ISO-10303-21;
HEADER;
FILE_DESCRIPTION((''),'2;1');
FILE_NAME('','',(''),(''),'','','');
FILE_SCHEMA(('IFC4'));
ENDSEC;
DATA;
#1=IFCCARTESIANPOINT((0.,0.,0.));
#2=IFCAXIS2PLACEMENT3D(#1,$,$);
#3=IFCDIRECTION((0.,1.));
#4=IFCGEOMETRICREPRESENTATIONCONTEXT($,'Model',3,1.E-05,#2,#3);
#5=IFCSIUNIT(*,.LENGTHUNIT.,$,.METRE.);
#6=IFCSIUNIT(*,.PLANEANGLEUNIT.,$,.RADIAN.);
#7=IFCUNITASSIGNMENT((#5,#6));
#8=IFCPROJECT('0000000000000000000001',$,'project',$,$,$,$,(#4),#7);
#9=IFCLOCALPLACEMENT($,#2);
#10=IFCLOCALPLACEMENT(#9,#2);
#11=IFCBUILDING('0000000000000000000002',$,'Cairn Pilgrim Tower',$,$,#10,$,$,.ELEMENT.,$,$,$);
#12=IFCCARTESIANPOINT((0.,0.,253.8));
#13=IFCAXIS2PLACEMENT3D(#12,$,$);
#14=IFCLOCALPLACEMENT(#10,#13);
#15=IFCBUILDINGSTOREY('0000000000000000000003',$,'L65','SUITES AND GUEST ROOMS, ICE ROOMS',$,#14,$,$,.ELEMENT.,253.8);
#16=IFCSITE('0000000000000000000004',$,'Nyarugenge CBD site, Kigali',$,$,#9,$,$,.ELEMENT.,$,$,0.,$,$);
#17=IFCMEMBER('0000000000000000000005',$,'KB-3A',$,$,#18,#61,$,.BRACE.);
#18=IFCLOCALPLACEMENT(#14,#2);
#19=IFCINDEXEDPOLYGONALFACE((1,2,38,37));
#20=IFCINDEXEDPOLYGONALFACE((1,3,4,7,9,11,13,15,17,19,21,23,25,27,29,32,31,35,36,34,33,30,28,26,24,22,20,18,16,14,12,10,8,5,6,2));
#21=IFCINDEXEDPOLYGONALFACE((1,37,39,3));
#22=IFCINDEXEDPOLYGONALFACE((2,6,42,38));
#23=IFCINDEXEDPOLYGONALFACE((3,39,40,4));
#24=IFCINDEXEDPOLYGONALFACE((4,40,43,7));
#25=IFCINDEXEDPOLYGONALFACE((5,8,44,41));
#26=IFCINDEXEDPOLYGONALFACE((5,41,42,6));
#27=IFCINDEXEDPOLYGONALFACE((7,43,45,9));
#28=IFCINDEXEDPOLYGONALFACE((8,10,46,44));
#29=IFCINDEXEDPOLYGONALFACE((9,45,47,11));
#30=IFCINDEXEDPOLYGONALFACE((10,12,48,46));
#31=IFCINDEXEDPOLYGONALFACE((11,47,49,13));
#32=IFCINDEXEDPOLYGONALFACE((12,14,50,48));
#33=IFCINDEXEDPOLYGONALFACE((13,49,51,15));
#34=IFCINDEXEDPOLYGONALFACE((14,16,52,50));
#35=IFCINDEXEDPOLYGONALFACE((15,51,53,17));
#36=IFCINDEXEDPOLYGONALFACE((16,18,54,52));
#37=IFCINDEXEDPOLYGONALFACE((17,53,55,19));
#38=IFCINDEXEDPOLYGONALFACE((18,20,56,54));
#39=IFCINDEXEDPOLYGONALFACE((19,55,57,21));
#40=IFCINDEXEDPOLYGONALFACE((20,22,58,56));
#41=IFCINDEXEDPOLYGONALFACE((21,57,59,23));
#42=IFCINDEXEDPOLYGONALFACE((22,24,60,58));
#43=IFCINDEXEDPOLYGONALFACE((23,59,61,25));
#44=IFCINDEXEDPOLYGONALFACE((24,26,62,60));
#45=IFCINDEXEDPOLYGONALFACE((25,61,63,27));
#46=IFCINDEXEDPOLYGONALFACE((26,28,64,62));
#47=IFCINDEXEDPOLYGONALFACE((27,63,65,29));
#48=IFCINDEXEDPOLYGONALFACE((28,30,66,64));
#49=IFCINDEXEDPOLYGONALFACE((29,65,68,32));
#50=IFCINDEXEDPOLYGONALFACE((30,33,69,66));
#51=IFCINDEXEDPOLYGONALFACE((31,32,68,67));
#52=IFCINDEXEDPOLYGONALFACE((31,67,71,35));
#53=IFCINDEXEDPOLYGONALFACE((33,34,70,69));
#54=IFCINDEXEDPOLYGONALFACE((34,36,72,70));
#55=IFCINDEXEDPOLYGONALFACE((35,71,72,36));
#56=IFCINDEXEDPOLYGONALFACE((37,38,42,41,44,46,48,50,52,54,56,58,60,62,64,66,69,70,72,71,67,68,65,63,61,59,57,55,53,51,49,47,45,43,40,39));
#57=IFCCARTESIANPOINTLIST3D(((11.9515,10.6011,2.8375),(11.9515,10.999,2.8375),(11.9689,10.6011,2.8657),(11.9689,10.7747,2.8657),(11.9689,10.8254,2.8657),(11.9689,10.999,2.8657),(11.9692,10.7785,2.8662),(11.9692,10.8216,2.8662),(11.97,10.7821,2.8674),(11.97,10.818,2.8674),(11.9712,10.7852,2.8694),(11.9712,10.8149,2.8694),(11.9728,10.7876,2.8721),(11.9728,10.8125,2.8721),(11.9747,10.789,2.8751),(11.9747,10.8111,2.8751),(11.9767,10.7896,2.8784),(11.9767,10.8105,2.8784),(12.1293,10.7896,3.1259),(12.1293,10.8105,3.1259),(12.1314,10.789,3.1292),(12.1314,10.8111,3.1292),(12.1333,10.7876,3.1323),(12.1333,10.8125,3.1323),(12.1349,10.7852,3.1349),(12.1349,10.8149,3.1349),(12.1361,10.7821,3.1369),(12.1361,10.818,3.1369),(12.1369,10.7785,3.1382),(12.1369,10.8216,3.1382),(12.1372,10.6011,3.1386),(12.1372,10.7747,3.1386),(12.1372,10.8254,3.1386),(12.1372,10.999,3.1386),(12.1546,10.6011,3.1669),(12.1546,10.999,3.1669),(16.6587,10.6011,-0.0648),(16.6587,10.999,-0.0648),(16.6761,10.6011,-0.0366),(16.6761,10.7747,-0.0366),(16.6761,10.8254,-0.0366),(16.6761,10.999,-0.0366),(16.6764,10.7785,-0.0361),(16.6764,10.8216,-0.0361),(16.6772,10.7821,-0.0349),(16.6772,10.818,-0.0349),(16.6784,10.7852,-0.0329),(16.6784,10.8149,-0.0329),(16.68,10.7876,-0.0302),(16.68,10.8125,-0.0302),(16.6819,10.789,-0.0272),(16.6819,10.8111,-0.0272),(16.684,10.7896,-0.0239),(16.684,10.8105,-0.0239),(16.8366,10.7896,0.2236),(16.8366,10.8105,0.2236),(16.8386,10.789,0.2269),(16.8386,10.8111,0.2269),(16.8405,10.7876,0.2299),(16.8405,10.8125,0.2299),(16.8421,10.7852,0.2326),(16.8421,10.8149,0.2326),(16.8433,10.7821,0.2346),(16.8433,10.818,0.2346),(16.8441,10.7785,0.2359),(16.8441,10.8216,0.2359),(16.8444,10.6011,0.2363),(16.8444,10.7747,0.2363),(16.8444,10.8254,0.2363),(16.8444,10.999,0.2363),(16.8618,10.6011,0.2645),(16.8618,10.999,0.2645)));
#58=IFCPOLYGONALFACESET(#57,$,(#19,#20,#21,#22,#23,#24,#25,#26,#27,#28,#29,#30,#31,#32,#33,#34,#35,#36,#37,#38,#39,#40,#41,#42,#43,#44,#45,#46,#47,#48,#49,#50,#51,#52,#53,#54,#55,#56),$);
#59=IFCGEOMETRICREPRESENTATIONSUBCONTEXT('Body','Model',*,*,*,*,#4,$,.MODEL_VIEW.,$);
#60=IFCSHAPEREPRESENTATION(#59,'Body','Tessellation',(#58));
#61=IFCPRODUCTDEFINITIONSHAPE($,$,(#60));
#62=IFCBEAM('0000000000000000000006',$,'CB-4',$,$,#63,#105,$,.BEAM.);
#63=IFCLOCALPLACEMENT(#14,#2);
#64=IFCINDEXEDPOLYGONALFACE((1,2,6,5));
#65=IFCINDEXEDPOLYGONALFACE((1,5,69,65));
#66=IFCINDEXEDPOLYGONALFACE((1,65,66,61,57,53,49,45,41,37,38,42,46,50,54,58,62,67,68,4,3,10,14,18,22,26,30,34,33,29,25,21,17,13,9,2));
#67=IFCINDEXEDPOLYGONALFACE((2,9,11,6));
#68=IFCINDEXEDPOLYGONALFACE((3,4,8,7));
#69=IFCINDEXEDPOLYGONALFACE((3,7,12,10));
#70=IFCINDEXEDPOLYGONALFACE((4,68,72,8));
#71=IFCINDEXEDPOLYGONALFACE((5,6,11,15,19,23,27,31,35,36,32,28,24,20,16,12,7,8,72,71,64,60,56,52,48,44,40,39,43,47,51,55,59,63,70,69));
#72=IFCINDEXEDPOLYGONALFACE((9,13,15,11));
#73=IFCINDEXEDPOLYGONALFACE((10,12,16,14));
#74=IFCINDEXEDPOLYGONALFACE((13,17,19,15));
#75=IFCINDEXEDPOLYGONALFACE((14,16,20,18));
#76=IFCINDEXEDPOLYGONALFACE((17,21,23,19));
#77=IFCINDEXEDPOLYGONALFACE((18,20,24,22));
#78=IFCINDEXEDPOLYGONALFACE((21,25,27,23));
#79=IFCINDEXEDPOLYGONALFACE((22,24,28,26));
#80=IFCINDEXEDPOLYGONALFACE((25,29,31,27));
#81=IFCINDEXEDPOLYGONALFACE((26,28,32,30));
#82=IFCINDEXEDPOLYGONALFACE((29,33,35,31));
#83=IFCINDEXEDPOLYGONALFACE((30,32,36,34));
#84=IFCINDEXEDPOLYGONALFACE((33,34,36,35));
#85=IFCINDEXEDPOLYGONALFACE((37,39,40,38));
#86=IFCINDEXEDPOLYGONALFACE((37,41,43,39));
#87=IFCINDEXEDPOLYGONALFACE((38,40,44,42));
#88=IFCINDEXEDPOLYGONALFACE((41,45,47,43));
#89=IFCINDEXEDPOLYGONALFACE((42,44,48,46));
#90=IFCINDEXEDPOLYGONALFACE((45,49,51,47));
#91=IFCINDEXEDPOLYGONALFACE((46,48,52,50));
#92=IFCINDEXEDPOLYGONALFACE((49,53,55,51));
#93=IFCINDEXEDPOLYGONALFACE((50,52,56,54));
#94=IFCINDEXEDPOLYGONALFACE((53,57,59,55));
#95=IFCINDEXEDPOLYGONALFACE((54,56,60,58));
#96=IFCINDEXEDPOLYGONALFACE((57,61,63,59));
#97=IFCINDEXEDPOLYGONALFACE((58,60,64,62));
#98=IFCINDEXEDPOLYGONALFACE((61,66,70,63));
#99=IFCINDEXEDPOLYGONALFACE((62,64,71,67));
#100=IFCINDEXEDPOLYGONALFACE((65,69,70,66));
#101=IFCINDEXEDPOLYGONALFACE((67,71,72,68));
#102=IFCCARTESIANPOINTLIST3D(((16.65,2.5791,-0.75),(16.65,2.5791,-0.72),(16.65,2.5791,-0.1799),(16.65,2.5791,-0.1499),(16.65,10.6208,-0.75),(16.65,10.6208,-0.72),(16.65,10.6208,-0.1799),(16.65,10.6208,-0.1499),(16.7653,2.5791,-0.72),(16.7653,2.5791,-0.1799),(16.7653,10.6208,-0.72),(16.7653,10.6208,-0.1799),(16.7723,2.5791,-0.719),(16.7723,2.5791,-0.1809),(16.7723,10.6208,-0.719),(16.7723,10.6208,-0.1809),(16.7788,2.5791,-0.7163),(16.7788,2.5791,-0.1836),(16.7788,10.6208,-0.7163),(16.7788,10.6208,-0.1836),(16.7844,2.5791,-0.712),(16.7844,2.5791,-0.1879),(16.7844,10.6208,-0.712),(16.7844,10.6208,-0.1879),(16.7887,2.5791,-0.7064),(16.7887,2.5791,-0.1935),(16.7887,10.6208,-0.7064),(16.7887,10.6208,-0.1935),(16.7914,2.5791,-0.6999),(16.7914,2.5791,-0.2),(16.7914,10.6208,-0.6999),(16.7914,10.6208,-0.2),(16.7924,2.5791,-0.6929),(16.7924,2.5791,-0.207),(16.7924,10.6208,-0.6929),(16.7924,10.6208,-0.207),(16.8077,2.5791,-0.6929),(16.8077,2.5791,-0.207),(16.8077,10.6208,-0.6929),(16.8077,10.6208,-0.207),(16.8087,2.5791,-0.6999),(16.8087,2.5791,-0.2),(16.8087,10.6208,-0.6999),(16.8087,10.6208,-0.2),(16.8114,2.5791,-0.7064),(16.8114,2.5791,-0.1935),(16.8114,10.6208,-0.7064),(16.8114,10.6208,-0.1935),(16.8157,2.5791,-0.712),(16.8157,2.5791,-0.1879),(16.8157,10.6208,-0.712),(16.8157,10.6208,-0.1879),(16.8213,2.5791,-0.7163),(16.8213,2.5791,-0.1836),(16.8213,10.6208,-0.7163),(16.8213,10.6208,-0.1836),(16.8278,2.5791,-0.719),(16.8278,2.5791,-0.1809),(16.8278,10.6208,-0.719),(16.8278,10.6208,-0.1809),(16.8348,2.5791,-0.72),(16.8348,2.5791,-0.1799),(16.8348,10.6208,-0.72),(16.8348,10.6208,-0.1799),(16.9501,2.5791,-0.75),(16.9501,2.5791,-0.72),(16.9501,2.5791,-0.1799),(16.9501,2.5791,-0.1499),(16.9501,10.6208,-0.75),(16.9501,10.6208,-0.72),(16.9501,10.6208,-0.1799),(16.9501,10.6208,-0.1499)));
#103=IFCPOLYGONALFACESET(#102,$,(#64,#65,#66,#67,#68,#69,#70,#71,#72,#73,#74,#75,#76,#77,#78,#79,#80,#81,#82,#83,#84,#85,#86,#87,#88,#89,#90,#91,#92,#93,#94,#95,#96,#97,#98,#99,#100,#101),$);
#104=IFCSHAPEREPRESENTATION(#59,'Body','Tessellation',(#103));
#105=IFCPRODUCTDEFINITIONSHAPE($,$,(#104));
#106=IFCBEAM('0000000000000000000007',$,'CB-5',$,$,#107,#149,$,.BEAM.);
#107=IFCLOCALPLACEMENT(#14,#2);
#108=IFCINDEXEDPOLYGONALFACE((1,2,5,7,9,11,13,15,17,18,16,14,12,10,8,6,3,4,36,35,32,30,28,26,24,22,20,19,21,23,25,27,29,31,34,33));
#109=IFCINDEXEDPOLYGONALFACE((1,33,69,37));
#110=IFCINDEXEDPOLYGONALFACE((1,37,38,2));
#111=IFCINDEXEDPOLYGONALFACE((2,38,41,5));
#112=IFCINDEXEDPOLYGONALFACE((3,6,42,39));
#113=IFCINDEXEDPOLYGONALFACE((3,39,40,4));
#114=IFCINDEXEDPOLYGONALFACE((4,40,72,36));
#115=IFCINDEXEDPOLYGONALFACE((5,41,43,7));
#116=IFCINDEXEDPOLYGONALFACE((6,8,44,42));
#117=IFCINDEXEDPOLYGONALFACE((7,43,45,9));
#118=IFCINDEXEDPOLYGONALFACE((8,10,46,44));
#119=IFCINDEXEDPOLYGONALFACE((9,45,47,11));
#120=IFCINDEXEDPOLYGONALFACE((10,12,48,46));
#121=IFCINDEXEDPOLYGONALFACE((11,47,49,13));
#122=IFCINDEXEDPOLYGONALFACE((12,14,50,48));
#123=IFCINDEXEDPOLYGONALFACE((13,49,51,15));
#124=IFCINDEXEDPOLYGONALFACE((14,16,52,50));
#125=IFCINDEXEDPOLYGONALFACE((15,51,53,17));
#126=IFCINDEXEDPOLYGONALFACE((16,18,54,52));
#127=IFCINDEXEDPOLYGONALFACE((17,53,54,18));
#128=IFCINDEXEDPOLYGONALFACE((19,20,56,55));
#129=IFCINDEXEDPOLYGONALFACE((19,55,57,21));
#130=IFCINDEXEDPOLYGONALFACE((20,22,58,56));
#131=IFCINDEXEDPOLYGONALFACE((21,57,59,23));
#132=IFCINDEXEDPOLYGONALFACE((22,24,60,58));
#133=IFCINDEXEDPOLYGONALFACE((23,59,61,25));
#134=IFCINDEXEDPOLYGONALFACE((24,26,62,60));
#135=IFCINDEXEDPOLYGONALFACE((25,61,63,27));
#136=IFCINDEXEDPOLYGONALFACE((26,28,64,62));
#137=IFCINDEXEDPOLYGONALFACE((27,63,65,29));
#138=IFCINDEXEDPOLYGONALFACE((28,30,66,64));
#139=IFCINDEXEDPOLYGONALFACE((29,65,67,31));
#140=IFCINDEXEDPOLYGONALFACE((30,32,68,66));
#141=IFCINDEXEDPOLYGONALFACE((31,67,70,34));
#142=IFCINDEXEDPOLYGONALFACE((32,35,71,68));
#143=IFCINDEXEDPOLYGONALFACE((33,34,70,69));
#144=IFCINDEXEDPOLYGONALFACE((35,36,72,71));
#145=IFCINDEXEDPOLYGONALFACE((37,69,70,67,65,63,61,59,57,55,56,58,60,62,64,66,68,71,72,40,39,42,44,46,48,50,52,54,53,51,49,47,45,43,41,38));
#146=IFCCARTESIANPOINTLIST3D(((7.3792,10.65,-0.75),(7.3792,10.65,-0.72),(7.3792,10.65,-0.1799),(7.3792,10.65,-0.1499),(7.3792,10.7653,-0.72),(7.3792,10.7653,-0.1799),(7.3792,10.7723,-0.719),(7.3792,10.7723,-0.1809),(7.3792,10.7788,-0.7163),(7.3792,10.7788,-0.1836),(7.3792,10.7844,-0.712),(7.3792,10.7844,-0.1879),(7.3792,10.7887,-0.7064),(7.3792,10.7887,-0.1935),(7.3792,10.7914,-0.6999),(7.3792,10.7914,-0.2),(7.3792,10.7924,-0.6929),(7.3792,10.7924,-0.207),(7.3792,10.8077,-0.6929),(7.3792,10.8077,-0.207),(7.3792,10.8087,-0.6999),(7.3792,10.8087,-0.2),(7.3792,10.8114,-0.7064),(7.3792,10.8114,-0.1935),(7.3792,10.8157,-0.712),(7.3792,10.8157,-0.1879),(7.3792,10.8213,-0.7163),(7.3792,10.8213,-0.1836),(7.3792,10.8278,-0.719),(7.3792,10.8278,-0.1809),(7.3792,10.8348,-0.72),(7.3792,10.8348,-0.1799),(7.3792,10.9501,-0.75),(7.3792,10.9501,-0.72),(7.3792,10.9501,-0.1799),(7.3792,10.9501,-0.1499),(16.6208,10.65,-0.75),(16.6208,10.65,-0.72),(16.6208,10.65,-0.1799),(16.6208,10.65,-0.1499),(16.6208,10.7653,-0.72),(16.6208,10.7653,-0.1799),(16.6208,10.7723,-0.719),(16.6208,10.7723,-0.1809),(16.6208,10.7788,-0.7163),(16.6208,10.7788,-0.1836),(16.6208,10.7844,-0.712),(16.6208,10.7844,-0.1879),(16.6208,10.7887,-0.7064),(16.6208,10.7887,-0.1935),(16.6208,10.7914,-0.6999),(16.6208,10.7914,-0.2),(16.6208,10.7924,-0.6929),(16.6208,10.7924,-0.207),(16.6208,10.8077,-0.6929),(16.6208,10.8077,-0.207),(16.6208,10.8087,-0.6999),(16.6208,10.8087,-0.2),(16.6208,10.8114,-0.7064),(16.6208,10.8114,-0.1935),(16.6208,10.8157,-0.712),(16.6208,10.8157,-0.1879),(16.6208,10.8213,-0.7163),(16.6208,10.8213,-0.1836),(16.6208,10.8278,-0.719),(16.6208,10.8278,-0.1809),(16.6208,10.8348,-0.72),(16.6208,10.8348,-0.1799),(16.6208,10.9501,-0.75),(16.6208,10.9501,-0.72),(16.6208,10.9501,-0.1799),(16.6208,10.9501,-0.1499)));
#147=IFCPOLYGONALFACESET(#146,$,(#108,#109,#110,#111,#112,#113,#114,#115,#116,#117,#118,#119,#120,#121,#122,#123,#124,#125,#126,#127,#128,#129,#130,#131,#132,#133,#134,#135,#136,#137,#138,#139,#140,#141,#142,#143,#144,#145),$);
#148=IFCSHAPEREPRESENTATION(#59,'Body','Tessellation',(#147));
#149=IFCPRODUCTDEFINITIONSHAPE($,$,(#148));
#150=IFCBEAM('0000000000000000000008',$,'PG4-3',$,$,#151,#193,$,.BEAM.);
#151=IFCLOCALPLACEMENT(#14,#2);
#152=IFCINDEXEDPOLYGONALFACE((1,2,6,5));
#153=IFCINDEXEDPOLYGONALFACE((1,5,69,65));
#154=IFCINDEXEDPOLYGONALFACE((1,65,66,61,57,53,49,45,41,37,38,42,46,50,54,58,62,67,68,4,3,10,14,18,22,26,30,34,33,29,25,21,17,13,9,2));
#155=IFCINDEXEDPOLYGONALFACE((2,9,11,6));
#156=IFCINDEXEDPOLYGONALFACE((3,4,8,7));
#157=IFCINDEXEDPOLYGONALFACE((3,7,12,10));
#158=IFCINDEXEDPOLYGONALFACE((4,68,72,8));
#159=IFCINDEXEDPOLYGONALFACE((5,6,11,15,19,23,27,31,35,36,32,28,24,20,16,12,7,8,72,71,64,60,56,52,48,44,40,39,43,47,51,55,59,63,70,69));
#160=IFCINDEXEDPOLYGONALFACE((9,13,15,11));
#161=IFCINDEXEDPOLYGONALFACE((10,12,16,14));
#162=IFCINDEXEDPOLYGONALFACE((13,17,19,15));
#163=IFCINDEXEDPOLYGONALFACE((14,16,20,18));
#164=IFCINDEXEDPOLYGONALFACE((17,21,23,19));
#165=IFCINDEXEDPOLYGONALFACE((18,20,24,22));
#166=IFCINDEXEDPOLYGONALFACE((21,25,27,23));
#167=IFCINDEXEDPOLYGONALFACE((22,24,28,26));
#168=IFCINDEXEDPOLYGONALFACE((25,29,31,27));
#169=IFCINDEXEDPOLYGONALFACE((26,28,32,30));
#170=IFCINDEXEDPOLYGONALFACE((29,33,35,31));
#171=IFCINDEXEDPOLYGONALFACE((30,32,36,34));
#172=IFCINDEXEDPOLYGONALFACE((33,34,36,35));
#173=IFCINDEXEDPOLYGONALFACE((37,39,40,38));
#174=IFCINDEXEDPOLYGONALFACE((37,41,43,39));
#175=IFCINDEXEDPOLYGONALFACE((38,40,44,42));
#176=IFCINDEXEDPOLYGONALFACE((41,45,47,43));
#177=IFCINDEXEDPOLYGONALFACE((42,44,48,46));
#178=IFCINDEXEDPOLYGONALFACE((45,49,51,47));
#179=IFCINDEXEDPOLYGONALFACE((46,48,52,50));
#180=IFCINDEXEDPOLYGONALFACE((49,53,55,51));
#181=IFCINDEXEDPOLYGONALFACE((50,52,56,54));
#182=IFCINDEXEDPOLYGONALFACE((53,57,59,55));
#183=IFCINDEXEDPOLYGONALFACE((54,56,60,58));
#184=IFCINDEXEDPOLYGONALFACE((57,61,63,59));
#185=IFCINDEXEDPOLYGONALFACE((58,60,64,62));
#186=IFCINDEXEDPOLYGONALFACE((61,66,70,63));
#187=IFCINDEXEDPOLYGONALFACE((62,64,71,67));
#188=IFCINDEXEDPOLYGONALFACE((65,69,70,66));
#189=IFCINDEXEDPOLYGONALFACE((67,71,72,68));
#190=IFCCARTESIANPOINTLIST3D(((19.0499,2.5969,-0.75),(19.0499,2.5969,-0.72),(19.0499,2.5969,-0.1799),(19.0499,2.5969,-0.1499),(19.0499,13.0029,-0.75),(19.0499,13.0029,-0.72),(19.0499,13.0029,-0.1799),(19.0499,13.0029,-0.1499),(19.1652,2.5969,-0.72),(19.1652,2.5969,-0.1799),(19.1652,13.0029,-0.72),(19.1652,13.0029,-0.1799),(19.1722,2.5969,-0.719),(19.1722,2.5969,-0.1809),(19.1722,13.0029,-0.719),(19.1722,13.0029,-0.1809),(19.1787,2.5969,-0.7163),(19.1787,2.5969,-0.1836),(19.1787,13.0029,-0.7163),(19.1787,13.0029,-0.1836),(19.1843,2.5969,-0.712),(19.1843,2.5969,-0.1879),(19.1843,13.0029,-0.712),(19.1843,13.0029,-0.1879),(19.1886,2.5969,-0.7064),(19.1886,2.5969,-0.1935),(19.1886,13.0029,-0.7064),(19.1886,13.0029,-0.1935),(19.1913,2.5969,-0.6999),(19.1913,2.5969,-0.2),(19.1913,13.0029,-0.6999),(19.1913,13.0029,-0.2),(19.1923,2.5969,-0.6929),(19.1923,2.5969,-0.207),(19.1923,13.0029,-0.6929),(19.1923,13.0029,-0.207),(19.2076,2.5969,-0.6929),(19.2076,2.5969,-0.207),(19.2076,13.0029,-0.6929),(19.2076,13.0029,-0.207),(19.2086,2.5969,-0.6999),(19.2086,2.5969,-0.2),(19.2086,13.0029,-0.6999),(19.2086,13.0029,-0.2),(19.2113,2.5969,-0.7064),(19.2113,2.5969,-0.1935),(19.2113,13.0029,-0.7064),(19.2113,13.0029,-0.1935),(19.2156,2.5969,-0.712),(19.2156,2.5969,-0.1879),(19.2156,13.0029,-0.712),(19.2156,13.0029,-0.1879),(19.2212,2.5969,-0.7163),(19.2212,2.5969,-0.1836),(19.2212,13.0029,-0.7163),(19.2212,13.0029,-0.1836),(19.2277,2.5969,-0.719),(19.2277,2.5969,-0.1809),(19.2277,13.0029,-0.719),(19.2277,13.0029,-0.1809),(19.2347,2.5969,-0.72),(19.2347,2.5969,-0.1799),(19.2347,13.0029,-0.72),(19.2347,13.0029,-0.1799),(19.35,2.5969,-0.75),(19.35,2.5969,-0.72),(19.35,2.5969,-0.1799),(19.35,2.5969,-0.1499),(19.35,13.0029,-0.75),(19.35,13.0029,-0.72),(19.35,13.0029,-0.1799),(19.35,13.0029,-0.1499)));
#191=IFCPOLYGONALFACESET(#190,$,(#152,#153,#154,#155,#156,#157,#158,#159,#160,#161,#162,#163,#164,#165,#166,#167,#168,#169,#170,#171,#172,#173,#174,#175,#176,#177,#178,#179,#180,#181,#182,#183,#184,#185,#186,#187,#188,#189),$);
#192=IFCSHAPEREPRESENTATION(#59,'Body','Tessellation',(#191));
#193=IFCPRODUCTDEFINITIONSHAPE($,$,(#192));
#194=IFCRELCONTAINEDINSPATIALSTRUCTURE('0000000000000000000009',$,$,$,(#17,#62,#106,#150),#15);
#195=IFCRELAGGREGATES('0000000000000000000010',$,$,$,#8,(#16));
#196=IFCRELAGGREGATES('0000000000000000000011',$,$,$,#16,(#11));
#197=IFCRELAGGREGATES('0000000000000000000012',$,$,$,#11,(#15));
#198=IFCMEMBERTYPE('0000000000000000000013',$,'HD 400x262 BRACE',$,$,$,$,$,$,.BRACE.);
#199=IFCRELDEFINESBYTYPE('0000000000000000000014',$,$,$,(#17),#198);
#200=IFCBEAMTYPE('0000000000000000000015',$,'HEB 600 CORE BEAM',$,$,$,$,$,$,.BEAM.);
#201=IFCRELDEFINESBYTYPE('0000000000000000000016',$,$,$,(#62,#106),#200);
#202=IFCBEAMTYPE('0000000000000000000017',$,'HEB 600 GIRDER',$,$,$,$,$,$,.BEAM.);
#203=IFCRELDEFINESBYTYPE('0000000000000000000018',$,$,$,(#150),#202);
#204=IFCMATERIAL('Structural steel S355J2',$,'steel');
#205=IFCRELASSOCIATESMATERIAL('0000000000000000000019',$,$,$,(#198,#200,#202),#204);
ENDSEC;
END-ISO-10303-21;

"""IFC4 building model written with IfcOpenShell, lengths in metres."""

from ifc_helpers import new_model, si_unit, direction, frame, origin, origin_2d, place, context, subcontext, project, spatial, i_section, extrude, material, material_profile, profile_set, type_object, element, save


model = new_model("IFC4")

# Units and contexts
model_context = context("Model", 3, precision=1e-05, world=origin(), true_north=direction((0.0, 1.0)))
body_context = subcontext(model_context, "Body", "Model", "MODEL_VIEW")
ifc_project = project(units=[si_unit("LENGTHUNIT", "METRE"), si_unit("PLANEANGLEUNIT", "RADIAN")], contexts=[model_context])

# Site, building, storey
site_placement = place(None, origin())
site = spatial("IfcSite", under=ifc_project, at=site_placement, Name="Nyarugenge CBD site, Kigali", CompositionType="ELEMENT", RefElevation=0.0)
building_placement = place(site_placement, origin())
building = spatial("IfcBuilding", under=site, at=building_placement, Name="Cairn Pilgrim Tower", CompositionType="ELEMENT")
storey_placement = place(building_placement, frame((0.0, 0.0, 253.8)))
storey = spatial("IfcBuildingStorey", under=building, at=storey_placement, Name="L65", Description="SUITES AND GUEST ROOMS, ICE ROOMS", CompositionType="ELEMENT", Elevation=253.8)

# Shared definitions
ifc_material_1 = material(Name="Structural steel S355J2", Category="steel")

# Member
ifc_material_profile_1 = material_profile(ifc_material_1, i_section(OverallWidth=0.3979, OverallDepth=0.387, WebThickness=0.021, FlangeThickness=0.0332, FilletRadius=0.0149, at=origin_2d()), Name="HD 400x262")
ifc_profile_set_1 = profile_set([ifc_material_profile_1], Name="Structural steel S355J2")
member_type = type_object("IfcMemberType", Name="HD 400x262 BRACE", PredefinedType="BRACE", material=ifc_profile_set_1)
member_1_placement = place(storey_placement, frame((16.7603, 10.8, 0.0999), z_axis=(-0.851209, 0.0, 0.524826), x_axis=(0.0, -1.0, 0.0)))
element("IfcMember", 1, at=member_1_placement, inside=storey, type_object=member_type, Name="KB-3A", PredefinedType="BRACE", context=body_context, shape_type="SweptSolid", body=[
    extrude(i_section(OverallWidth=0.3979, OverallDepth=0.387, WebThickness=0.021, FlangeThickness=0.0332, FilletRadius=0.0149, at=origin_2d()), origin(), (0.0, 0.0, 1.0), 5.53),
])

# Beams
ifc_material_profile_2 = material_profile(ifc_material_1, i_section(OverallWidth=0.3, OverallDepth=0.6001, WebThickness=0.0154, FlangeThickness=0.03, FilletRadius=0.0271, at=origin_2d()), Name="HEB 600")
ifc_profile_set_2 = profile_set([ifc_material_profile_2], Name="Structural steel S355J2")
beam_type_1 = type_object("IfcBeamType", Name="HEB 600 CORE BEAM", PredefinedType="BEAM", material=ifc_profile_set_2)
beam_1_placement = place(storey_placement, frame((16.8, 2.5791, -0.45), z_axis=(0.0, 1.0, 0.0), x_axis=(-1.0, 0.0, 0.0)))
element("IfcBeam", 2, at=beam_1_placement, inside=storey, type_object=beam_type_1, Name="CB-4", PredefinedType="BEAM", context=body_context, shape_type="SweptSolid", body=[
    extrude(i_section(OverallWidth=0.3, OverallDepth=0.6001, WebThickness=0.0154, FlangeThickness=0.03, FilletRadius=0.0271, at=origin_2d()), origin(), (0.0, 0.0, 1.0), 8.0417),
])
beam_2_placement = place(storey_placement, frame((16.6208, 10.8, -0.45), z_axis=(-1.0, 0.0, 0.0), x_axis=(0.0, -1.0, 0.0)))
element("IfcBeam", 3, at=beam_2_placement, inside=storey, type_object=beam_type_1, Name="CB-5", PredefinedType="BEAM", context=body_context, shape_type="SweptSolid", body=[
    extrude(i_section(OverallWidth=0.3, OverallDepth=0.6001, WebThickness=0.0154, FlangeThickness=0.03, FilletRadius=0.0271, at=origin_2d()), origin(), (0.0, 0.0, 1.0), 9.2417),
])
ifc_material_profile_3 = material_profile(ifc_material_1, i_section(OverallWidth=0.3, OverallDepth=0.6001, WebThickness=0.0154, FlangeThickness=0.03, FilletRadius=0.0271, at=origin_2d()), Name="HEB 600")
ifc_profile_set_3 = profile_set([ifc_material_profile_3], Name="Structural steel S355J2")
beam_type_2 = type_object("IfcBeamType", Name="HEB 600 GIRDER", PredefinedType="BEAM", material=ifc_profile_set_3)
beam_3_placement = place(storey_placement, frame((19.2, 2.5969, -0.45), z_axis=(0.0, 1.0, 0.0), x_axis=(-1.0, 0.0, 0.0)))
element("IfcBeam", 4, at=beam_3_placement, inside=storey, type_object=beam_type_2, Name="PG4-3", PredefinedType="BEAM", context=body_context, shape_type="SweptSolid", body=[
    extrude(i_section(OverallWidth=0.3, OverallDepth=0.6001, WebThickness=0.0154, FlangeThickness=0.03, FilletRadius=0.0271, at=origin_2d()), origin(), (0.0, 0.0, 1.0), 10.406),
])

save(model, "model.ifc")
